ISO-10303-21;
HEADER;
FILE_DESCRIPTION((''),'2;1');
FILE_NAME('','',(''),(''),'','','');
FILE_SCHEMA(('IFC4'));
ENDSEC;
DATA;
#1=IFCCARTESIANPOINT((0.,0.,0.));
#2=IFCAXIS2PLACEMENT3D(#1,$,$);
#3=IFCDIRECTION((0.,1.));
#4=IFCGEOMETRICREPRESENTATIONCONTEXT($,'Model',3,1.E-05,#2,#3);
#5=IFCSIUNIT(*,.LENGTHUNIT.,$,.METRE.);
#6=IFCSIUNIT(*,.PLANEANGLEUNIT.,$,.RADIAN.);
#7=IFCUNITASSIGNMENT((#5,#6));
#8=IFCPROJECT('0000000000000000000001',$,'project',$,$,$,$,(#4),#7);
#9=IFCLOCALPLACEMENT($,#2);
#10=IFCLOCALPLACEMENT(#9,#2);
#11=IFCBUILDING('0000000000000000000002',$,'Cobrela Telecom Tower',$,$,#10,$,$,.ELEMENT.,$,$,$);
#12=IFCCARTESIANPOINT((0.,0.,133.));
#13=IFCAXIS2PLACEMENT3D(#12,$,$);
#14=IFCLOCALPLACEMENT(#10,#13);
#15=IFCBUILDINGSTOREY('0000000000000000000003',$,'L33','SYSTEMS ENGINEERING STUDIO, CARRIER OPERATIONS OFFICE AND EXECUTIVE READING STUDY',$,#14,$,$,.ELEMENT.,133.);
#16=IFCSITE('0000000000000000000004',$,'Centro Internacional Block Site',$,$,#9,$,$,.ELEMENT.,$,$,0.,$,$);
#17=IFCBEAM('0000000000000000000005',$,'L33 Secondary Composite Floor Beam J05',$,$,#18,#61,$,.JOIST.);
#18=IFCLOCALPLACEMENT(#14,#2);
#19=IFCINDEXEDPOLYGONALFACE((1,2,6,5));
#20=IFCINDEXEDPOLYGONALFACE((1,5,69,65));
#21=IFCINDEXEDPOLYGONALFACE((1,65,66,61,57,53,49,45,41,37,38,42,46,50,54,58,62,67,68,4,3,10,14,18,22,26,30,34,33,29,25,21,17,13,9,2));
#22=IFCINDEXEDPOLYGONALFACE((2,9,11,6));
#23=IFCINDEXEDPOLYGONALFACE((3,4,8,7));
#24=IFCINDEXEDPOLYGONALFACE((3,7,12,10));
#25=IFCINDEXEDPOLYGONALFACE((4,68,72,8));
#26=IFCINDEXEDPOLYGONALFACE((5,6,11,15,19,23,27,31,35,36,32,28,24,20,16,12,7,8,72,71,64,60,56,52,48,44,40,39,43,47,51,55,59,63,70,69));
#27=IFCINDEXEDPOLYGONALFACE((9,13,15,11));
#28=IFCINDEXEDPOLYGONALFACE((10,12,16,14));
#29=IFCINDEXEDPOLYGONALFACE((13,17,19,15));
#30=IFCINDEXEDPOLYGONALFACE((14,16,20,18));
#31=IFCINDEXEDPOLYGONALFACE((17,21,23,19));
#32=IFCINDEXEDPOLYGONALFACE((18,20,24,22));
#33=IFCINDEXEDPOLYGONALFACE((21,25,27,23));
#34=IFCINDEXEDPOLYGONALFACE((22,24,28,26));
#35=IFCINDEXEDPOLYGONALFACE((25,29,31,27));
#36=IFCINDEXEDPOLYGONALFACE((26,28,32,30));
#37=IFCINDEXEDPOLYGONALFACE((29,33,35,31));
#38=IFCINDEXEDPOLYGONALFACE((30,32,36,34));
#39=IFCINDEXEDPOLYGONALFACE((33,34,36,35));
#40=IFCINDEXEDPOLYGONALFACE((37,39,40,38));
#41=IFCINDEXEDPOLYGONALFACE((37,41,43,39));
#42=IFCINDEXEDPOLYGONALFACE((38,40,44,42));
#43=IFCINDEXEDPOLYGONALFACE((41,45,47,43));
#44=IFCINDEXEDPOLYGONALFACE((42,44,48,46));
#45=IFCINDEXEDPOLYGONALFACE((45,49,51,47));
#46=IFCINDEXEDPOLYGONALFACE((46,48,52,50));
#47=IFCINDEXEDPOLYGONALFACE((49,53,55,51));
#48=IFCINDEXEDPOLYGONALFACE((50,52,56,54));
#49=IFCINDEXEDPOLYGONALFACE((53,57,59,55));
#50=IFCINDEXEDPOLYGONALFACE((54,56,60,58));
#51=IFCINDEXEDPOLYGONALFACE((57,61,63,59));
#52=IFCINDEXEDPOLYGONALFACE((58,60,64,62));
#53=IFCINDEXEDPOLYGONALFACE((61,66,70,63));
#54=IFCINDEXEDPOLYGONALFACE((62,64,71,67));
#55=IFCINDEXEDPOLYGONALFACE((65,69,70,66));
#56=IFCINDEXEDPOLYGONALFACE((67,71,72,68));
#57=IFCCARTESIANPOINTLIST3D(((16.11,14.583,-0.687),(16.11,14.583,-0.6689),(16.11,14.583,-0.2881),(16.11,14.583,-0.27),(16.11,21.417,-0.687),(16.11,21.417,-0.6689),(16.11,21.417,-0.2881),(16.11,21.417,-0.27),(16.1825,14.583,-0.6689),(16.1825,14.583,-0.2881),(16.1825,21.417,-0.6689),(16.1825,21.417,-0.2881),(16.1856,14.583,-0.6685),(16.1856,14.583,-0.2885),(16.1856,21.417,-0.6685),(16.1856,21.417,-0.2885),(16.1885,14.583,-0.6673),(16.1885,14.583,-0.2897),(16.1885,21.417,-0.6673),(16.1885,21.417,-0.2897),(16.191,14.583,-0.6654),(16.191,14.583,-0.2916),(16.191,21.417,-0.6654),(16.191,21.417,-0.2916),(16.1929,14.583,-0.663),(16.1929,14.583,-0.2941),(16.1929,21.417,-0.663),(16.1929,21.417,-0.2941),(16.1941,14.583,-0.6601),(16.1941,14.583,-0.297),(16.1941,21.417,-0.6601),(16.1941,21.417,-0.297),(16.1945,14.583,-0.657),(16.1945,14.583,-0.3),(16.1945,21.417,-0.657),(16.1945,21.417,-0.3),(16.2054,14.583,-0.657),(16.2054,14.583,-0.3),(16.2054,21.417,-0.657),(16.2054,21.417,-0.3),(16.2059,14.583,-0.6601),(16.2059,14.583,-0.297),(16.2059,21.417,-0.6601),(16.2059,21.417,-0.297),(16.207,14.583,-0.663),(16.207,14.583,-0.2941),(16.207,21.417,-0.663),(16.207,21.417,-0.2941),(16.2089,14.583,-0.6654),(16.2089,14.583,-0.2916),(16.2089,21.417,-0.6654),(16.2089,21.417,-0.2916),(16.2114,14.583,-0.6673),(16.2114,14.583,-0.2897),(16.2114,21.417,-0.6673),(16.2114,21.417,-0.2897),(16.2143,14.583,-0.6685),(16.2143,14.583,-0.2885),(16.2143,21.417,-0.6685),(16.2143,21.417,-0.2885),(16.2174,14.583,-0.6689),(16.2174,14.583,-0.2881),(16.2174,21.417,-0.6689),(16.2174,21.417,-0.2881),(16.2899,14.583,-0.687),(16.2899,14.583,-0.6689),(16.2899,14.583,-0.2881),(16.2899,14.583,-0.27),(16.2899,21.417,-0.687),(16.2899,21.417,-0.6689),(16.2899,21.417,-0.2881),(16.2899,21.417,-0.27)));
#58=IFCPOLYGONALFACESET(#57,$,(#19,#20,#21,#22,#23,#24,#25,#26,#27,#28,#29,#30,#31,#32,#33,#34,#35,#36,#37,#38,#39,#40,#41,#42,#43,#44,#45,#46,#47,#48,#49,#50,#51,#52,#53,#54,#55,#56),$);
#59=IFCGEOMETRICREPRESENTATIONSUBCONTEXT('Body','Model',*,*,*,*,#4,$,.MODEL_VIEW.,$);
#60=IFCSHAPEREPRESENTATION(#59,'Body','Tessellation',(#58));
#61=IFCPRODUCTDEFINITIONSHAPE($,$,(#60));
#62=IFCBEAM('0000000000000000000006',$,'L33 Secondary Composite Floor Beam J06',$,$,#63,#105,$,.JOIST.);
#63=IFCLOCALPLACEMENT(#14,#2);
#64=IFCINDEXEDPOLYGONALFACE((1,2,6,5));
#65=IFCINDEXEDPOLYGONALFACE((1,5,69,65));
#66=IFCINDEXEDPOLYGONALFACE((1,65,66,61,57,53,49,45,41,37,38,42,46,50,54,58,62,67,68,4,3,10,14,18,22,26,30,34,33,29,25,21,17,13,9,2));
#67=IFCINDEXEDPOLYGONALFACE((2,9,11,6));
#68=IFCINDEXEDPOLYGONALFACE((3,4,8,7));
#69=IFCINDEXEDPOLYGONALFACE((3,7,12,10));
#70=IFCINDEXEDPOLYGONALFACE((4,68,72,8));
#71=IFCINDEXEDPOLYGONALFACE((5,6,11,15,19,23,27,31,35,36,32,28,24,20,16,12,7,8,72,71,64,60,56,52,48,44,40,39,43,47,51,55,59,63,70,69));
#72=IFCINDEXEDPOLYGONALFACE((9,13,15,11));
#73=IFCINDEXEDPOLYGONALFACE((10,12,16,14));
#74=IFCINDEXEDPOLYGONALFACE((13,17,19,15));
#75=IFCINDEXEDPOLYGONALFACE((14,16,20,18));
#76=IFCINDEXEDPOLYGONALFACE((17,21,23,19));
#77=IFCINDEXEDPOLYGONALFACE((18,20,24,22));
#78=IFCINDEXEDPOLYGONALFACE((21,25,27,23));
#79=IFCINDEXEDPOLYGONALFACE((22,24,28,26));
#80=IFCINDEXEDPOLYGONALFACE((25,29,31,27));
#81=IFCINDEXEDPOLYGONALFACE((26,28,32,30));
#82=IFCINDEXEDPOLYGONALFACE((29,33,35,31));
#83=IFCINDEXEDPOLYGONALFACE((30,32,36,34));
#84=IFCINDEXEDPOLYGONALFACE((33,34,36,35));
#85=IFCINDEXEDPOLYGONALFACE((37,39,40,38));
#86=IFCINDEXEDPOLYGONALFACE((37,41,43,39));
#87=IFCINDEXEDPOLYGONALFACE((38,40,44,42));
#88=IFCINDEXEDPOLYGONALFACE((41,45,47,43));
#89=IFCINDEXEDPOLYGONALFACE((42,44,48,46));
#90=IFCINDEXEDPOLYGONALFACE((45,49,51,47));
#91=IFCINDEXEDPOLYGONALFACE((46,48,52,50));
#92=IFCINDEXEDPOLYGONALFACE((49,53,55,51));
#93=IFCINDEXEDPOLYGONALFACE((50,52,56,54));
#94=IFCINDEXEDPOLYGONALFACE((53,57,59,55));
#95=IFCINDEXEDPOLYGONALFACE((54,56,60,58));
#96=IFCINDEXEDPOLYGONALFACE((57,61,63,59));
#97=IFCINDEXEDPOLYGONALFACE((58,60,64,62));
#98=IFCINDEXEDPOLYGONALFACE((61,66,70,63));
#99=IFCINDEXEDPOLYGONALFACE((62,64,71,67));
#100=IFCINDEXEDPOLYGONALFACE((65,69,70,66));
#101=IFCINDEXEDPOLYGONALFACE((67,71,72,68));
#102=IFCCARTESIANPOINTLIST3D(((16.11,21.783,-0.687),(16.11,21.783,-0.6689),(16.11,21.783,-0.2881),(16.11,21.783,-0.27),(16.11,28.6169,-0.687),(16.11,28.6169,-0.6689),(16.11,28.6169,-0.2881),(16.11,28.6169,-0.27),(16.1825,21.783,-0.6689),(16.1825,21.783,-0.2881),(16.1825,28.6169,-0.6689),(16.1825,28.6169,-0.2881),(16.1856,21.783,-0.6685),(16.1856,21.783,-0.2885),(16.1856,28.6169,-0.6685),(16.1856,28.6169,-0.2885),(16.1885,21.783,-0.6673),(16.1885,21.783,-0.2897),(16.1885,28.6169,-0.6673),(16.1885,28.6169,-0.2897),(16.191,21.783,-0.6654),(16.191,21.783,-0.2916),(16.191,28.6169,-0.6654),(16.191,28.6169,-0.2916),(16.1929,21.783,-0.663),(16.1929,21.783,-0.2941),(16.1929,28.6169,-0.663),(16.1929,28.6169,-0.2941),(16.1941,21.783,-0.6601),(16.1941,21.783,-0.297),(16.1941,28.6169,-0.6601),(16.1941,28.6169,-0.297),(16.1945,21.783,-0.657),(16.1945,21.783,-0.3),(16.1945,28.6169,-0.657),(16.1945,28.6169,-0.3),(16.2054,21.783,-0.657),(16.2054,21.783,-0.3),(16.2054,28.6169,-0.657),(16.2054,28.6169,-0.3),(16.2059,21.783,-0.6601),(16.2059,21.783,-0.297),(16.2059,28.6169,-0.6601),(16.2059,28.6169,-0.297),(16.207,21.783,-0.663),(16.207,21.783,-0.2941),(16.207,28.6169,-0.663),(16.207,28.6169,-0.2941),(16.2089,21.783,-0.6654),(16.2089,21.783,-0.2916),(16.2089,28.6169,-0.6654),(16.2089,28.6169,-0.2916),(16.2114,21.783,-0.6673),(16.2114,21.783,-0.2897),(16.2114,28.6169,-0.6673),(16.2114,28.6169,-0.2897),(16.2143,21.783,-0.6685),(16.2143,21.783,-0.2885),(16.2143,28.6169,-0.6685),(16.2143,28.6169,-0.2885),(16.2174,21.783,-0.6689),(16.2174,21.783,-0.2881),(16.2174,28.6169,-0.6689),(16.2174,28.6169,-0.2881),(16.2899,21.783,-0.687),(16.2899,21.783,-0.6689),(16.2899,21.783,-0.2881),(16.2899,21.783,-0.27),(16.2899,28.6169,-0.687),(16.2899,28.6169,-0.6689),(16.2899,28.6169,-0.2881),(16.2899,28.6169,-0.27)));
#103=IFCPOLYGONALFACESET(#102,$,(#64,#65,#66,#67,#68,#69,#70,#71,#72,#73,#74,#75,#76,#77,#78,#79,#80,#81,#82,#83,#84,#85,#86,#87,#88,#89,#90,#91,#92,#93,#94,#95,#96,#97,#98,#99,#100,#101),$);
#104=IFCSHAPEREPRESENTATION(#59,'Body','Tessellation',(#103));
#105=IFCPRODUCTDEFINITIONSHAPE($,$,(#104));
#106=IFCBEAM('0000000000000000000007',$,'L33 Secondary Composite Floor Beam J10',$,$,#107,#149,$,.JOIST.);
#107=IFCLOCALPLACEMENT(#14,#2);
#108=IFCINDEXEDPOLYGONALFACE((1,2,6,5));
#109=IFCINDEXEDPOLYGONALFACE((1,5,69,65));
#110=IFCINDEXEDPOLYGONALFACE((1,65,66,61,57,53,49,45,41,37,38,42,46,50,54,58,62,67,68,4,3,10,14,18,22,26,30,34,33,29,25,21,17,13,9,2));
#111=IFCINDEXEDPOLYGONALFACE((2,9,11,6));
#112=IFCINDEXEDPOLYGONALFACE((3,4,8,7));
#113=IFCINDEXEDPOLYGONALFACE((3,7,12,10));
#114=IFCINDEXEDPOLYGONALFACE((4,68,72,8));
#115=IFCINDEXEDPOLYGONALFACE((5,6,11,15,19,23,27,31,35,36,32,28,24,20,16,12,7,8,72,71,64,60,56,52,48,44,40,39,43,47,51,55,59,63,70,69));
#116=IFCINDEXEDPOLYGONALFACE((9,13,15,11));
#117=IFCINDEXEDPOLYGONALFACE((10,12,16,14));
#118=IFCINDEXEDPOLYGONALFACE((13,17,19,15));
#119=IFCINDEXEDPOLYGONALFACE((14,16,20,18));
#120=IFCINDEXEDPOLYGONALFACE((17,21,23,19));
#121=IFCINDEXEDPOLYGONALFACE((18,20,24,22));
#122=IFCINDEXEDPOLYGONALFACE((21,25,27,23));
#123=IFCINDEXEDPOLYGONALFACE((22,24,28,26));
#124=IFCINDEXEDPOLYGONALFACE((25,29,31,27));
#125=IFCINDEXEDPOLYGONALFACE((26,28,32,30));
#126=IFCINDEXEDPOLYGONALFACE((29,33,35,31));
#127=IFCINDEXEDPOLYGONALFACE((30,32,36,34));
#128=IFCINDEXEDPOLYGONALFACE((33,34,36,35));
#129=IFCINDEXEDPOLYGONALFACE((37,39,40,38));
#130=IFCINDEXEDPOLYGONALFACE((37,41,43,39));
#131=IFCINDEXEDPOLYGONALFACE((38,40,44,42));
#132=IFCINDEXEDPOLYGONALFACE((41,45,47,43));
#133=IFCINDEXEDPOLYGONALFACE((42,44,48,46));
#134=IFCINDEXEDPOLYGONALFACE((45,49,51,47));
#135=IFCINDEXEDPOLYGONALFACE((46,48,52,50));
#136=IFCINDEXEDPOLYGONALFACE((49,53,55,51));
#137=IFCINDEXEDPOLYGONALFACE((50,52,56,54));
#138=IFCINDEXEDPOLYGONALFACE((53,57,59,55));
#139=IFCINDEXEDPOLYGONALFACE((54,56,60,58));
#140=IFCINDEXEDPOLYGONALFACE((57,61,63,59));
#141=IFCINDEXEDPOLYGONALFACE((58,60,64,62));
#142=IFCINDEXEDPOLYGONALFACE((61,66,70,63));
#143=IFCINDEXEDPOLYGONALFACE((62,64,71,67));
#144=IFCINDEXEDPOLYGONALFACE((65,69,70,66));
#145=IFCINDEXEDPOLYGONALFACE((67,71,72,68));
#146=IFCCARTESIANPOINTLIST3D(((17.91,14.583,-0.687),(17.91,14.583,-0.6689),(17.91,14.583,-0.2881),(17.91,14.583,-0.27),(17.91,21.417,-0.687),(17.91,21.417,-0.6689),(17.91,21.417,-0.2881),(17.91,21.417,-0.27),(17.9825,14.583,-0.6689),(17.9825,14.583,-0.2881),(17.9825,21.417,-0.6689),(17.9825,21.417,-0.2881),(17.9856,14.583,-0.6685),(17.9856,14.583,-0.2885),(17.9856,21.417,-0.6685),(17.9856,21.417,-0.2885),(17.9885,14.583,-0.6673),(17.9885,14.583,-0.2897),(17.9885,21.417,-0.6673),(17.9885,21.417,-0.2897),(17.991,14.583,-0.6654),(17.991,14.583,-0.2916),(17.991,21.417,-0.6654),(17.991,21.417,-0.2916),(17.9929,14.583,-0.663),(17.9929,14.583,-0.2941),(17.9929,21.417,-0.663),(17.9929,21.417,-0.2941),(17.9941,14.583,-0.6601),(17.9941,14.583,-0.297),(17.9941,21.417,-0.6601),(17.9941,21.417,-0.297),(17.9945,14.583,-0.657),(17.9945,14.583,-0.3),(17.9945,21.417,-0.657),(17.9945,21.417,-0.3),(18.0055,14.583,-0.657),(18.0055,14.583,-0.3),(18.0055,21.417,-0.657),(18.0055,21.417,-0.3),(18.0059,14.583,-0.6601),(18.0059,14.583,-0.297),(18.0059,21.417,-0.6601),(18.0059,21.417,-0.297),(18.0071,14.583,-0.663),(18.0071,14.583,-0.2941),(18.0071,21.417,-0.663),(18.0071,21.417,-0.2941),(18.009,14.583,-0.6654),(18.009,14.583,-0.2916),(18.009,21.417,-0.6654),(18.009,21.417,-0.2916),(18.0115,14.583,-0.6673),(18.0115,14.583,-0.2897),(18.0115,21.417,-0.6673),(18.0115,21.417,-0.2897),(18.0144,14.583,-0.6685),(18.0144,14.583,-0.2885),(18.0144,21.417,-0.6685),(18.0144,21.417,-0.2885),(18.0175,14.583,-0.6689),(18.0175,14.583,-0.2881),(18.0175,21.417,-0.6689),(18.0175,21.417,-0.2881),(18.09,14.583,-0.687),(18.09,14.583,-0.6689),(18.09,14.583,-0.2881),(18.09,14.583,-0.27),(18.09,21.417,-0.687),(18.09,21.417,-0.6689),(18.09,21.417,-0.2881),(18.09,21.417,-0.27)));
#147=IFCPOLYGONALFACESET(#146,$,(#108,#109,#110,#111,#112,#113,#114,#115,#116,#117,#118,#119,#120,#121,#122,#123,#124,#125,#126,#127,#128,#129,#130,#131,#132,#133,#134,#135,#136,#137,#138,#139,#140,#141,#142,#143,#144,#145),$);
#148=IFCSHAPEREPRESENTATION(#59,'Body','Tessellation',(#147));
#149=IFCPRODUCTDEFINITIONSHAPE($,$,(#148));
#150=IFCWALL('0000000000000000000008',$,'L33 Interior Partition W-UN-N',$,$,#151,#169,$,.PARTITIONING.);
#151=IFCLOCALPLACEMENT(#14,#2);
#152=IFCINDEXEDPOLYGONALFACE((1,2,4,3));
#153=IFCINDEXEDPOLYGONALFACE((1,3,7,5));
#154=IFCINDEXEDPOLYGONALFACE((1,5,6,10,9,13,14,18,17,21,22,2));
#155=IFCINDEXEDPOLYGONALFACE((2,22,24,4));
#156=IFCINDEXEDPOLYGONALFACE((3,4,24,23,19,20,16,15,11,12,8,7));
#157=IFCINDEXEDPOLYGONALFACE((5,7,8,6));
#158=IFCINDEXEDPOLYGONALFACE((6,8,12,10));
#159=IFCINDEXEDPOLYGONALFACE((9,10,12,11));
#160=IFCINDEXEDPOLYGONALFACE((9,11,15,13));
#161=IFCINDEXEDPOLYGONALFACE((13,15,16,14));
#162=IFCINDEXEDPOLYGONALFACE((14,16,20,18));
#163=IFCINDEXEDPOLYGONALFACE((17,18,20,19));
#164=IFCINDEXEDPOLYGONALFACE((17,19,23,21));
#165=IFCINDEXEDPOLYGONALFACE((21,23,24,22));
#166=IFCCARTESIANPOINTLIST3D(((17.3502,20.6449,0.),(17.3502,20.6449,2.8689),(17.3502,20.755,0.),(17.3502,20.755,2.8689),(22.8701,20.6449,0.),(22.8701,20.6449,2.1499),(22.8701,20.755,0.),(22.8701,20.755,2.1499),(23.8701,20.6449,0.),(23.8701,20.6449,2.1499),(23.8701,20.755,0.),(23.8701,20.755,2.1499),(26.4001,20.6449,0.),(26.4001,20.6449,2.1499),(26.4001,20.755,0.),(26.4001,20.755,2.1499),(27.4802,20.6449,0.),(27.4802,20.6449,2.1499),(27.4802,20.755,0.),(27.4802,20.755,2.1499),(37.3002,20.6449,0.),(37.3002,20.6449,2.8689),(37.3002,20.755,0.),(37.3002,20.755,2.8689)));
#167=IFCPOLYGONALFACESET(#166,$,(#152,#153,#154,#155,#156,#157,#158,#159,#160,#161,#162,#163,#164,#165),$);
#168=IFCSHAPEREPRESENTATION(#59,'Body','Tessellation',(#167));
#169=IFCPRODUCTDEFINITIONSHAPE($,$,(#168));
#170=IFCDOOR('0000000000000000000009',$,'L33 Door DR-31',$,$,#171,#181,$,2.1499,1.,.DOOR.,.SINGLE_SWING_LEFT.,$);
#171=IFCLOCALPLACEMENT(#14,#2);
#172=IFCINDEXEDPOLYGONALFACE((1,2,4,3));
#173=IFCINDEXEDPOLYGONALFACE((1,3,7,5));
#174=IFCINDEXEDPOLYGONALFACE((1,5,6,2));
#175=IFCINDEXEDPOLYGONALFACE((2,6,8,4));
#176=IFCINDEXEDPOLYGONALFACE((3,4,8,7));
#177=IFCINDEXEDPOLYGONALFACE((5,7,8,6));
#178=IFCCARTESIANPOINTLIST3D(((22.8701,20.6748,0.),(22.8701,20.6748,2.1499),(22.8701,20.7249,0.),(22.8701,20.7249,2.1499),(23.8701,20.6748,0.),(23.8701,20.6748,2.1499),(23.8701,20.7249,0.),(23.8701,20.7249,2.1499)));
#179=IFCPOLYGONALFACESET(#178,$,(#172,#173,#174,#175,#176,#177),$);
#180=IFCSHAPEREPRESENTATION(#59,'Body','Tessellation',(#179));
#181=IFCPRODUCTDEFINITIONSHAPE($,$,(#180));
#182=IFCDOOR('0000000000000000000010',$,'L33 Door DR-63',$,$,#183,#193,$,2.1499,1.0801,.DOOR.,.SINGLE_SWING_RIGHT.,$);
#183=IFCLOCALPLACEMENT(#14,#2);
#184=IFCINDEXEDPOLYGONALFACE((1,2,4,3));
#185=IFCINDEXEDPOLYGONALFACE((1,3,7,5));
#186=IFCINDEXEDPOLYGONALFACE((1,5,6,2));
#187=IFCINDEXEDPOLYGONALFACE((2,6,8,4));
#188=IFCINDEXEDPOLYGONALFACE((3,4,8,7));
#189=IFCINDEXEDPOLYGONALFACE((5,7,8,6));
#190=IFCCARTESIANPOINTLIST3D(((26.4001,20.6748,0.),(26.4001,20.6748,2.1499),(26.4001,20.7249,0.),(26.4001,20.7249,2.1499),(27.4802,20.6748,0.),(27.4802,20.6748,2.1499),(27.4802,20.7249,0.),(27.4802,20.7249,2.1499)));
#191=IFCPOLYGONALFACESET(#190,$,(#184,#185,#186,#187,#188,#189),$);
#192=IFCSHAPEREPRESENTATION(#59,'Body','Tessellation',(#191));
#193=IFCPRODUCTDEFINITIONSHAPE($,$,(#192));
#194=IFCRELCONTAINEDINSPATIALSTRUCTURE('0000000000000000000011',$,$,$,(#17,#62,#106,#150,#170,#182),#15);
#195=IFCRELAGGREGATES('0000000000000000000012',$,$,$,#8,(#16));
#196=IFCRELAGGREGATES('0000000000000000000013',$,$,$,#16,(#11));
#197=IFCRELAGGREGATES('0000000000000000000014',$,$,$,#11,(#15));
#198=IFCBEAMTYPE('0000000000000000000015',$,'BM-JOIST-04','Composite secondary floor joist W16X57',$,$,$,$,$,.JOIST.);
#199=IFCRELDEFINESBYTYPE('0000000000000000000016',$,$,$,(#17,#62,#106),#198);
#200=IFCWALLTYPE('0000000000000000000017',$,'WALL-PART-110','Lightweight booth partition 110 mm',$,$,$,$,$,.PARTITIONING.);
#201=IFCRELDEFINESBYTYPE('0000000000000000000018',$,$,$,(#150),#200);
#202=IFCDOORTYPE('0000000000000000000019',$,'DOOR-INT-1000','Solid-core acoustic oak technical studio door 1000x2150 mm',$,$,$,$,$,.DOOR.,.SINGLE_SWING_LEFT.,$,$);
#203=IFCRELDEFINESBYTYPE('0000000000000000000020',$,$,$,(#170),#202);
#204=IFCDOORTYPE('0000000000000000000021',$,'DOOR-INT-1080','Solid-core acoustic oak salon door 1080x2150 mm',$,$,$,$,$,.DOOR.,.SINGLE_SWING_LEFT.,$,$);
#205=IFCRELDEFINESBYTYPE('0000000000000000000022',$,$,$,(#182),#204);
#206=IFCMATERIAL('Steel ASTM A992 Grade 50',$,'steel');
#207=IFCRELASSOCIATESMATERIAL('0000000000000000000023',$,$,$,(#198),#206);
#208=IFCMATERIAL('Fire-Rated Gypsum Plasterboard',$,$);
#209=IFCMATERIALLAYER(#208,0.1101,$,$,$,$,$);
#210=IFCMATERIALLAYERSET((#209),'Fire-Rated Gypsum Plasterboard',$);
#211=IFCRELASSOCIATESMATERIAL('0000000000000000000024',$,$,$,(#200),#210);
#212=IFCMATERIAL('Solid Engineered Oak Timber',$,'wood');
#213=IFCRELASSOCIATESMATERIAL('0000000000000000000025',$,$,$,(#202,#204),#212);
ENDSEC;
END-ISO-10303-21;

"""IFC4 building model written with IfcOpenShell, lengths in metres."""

from ifc_helpers import new_model, si_unit, direction, frame, frame_2d, origin, origin_2d, place, context, subcontext, project, spatial, rectangle, i_section, extrude, material, layer, layer_set, material_profile, profile_set, type_object, element, fill, save


model = new_model("IFC4")

# Units and contexts
model_context = context("Model", 3, precision=1e-05, world=origin(), true_north=direction((0.0, 1.0)))
body_context = subcontext(model_context, "Body", "Model", "MODEL_VIEW")
ifc_project = project(units=[si_unit("LENGTHUNIT", "METRE"), si_unit("PLANEANGLEUNIT", "RADIAN")], contexts=[model_context])

# Site, building, storey
site_placement = place(None, origin())
site = spatial("IfcSite", under=ifc_project, at=site_placement, Name="Centro Internacional Block Site", CompositionType="ELEMENT", RefElevation=0.0)
building_placement = place(site_placement, origin())
building = spatial("IfcBuilding", under=site, at=building_placement, Name="Cobrela Telecom Tower", CompositionType="ELEMENT")
storey_placement = place(building_placement, frame((0.0, 0.0, 133.0)))
storey = spatial("IfcBuildingStorey", under=building, at=storey_placement, Name="L33", Description="SYSTEMS ENGINEERING STUDIO, CARRIER OPERATIONS OFFICE AND EXECUTIVE READING STUDY", CompositionType="ELEMENT", Elevation=133.0)

# Beams
ifc_material_1 = material(Name="Steel ASTM A992 Grade 50", Category="steel")
ifc_material_profile = material_profile(ifc_material_1, i_section(OverallWidth=0.1799, OverallDepth=0.417, WebThickness=0.011, FlangeThickness=0.0181, FilletRadius=0.012, at=origin_2d()), Name="W16X57")
ifc_profile_set = profile_set([ifc_material_profile], Name="Steel ASTM A992 Grade 50")
beam_type = type_object("IfcBeamType", Name="BM-JOIST-04", Description="Composite secondary floor joist W16X57", PredefinedType="JOIST", material=ifc_profile_set)
for number, where, z_axis, x_axis, name in (
    (1, (16.2, 14.583, -0.4785), (0.0, 1.0, 0.0), (-1.0, 0.0, 0.0), "L33 Secondary Composite Floor Beam J05"),
    (2, (16.2, 21.783, -0.4785), (0.0, 1.0, 0.0), (-1.0, 0.0, 0.0), "L33 Secondary Composite Floor Beam J06"),
    (3, (18.0, 14.583, -0.4785), (0.0, 1.0, 0.0), (-1.0, 0.0, 0.0), "L33 Secondary Composite Floor Beam J10"),
):
    element("IfcBeam", number, at=place(storey_placement, frame(where, z_axis=z_axis, x_axis=x_axis)), inside=storey, type_object=beam_type, Name=name, PredefinedType="JOIST", context=body_context, shape_type="SweptSolid", body=[
        extrude(i_section(OverallWidth=0.1799, OverallDepth=0.417, WebThickness=0.011, FlangeThickness=0.0181, FilletRadius=0.012, at=origin_2d()), origin(), (0.0, 0.0, 1.0), 6.834),
    ])

# Wall, openings, doors
ifc_material_2 = material(Name="Fire-Rated Gypsum Plasterboard")
ifc_layer_1 = layer(ifc_material_2, 0.1101)
ifc_layer_set_1 = layer_set([ifc_layer_1], Name="Fire-Rated Gypsum Plasterboard")
wall_type_1 = type_object("IfcWallType", Name="WALL-PART-110", Description="Lightweight booth partition 110 mm", PredefinedType="PARTITIONING", material=ifc_layer_set_1)
wall_1_placement = place(storey_placement, frame((17.3501, 20.7, 0.0), z_axis=(0.0, 0.0, 1.0), x_axis=(1.0, 0.0, 0.0)))
wall_1 = element("IfcWall", 4, at=wall_1_placement, inside=storey, type_object=wall_type_1, Name="L33 Interior Partition W-UN-N", PredefinedType="PARTITIONING", context=body_context, shape_type="SweptSolid", body=[
    extrude(rectangle(XDim=19.95, YDim=0.1101, at=frame_2d((9.9751, 0.0))), origin(), (0.0, 0.0, 1.0), 2.8689),
])
opening_1_placement = place(wall_1_placement, frame((5.52, 0.0, 0.0)))
opening_1 = element("IfcOpeningElement", 5, at=opening_1_placement, cuts=wall_1, PredefinedType="OPENING", context=body_context, shape_type="SweptSolid", body=[
    extrude(rectangle(XDim=1.0, YDim=2.1499, at=frame_2d((0.5, 1.075))), frame((0.0, 0.0669, 0.0), z_axis=(0.0, -1.0, 0.0), x_axis=(1.0, 0.0, 0.0)), (0.0, 0.0, 1.0), 0.134),
])
opening_2_placement = place(wall_1_placement, frame((9.05, 0.0, 0.0)))
opening_2 = element("IfcOpeningElement", 6, at=opening_2_placement, cuts=wall_1, PredefinedType="OPENING", context=body_context, shape_type="SweptSolid", body=[
    extrude(rectangle(XDim=1.0801, YDim=2.1499, at=frame_2d((0.54, 1.075))), frame((0.0, 0.0669, 0.0), z_axis=(0.0, -1.0, 0.0), x_axis=(1.0, 0.0, 0.0)), (0.0, 0.0, 1.0), 0.134),
])
ifc_material_3 = material(Name="Solid Engineered Oak Timber", Category="wood")
door_type_1 = type_object("IfcDoorType", Name="DOOR-INT-1000", Description="Solid-core acoustic oak technical studio door 1000x2150 mm", OperationType="SINGLE_SWING_LEFT", PredefinedType="DOOR", material=ifc_material_3)
door_1_placement = place(opening_1_placement, origin())
door_1 = element("IfcDoor", 7, at=door_1_placement, inside=storey, type_object=door_type_1, Name="L33 Door DR-31", OperationType="SINGLE_SWING_LEFT", OverallHeight=2.1499, OverallWidth=1.0, PredefinedType="DOOR", context=body_context, shape_type="SweptSolid", body=[
    extrude(rectangle(XDim=1.0, YDim=2.1499, at=frame_2d((0.5, 1.075))), frame((0.0, 0.0249, 0.0), z_axis=(0.0, -1.0, 0.0), x_axis=(1.0, 0.0, 0.0)), (0.0, 0.0, 1.0), 0.05),
])
fill(opening_1, door_1)
door_type_2 = type_object("IfcDoorType", Name="DOOR-INT-1080", Description="Solid-core acoustic oak salon door 1080x2150 mm", OperationType="SINGLE_SWING_LEFT", PredefinedType="DOOR", material=ifc_material_3)
door_2_placement = place(opening_2_placement, origin())
door_2 = element("IfcDoor", 8, at=door_2_placement, inside=storey, type_object=door_type_2, Name="L33 Door DR-63", OperationType="SINGLE_SWING_RIGHT", OverallHeight=2.1499, OverallWidth=1.0801, PredefinedType="DOOR", context=body_context, shape_type="SweptSolid", body=[
    extrude(rectangle(XDim=1.0801, YDim=2.1499, at=frame_2d((0.54, 1.075))), frame((0.0, 0.0249, 0.0), z_axis=(0.0, -1.0, 0.0), x_axis=(1.0, 0.0, 0.0)), (0.0, 0.0, 1.0), 0.05),
])
fill(opening_2, door_2)

save(model, "model.ifc")
